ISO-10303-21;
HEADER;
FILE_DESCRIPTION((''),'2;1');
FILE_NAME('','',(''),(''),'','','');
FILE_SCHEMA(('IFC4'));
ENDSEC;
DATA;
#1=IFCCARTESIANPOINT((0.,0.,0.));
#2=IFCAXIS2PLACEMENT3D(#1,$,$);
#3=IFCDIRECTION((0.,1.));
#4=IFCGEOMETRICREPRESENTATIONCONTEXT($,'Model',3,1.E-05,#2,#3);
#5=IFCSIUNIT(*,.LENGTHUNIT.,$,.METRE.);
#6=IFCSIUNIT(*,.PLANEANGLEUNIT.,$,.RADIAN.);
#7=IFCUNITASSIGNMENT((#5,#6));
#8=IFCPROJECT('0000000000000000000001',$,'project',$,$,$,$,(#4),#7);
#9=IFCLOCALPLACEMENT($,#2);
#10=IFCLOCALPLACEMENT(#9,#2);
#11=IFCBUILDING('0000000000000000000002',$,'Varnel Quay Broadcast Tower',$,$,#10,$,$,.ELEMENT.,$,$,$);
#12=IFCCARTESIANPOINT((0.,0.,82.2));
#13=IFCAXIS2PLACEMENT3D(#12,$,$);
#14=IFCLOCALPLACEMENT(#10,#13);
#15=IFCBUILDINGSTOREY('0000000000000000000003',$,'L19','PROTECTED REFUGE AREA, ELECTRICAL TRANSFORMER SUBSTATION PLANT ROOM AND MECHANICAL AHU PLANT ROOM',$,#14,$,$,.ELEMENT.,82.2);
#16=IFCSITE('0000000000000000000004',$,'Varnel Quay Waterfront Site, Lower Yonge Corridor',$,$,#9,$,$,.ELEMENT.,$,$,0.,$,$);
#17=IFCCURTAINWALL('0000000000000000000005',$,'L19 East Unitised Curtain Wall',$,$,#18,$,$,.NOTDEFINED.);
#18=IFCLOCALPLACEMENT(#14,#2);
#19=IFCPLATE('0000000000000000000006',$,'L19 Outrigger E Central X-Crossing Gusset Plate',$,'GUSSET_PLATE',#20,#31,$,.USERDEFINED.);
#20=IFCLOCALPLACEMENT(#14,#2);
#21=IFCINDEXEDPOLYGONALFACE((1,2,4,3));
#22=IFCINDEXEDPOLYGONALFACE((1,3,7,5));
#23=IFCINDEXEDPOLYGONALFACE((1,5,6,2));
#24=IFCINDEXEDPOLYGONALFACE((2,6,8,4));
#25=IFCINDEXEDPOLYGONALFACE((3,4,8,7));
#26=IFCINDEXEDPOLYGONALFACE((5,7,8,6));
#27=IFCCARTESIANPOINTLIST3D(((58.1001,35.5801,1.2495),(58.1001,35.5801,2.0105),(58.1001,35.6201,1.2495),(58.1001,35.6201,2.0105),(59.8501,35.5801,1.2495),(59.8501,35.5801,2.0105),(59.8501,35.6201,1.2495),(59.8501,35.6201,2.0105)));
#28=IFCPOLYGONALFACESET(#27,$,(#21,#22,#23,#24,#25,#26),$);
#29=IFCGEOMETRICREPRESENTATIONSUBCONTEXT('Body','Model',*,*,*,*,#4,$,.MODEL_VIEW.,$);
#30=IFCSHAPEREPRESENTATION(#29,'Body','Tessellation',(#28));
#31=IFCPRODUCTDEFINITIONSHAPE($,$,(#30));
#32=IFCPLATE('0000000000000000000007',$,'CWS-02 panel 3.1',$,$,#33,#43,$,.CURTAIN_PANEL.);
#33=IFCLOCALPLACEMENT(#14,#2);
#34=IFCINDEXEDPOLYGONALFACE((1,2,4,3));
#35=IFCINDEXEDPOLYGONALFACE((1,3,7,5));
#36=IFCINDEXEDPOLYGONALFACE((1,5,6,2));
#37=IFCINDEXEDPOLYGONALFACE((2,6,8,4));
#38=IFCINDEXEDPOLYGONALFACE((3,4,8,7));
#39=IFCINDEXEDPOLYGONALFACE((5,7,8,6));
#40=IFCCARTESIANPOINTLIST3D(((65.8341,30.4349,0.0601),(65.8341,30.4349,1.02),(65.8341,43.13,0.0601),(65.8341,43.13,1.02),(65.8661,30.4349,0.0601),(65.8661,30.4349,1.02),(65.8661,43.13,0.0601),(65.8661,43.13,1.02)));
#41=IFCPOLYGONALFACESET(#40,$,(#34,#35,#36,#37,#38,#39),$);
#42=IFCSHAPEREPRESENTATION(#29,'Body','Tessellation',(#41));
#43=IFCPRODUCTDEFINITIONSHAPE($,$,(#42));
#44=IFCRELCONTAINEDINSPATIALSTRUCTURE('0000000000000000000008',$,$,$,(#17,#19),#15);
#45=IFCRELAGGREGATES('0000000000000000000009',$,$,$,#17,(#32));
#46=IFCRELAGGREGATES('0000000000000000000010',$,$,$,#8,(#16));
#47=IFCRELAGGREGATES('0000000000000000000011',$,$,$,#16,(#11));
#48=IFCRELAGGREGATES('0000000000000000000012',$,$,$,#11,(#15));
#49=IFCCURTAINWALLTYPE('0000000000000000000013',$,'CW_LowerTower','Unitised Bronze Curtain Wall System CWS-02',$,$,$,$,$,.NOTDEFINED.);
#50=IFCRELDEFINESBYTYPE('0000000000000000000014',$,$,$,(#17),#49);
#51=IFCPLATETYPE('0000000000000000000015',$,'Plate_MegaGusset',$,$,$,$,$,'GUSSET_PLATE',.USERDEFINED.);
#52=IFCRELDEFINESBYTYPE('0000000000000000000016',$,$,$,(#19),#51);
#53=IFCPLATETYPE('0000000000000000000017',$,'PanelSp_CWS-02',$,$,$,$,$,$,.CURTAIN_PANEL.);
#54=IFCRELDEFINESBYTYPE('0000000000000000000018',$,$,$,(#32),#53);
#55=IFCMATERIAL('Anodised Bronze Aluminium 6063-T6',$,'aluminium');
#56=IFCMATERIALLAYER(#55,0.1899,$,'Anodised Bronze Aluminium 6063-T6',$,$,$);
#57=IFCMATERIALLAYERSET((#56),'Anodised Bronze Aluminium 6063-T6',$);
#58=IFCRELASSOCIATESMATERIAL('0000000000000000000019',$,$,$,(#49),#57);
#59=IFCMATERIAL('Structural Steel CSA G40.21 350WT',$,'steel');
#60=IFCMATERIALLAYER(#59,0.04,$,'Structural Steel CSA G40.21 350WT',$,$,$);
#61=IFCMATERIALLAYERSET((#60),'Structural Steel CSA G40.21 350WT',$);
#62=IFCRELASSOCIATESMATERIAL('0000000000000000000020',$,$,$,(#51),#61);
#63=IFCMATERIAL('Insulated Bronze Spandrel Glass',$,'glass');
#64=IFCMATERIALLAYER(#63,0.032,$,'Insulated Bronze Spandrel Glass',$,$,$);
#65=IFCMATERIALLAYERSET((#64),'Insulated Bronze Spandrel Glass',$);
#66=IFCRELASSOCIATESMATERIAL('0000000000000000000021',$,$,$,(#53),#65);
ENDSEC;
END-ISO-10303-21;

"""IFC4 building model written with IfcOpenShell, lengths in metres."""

from ifc_helpers import new_model, si_unit, direction, frame, origin, origin_2d, place, context, subcontext, project, spatial, rectangle, extrude, source, transform, mapped, material, layer, layer_set, type_object, type_shapes, element, aggregate, save


model = new_model("IFC4")

# Units and contexts
model_context = context("Model", 3, precision=1e-05, world=origin(), true_north=direction((0.0, 1.0)))
body_context = subcontext(model_context, "Body", "Model", "MODEL_VIEW")
ifc_project = project(units=[si_unit("LENGTHUNIT", "METRE"), si_unit("PLANEANGLEUNIT", "RADIAN")], contexts=[model_context])

# Site, building, storey
site_placement = place(None, origin())
site = spatial("IfcSite", under=ifc_project, at=site_placement, Name="Varnel Quay Waterfront Site, Lower Yonge Corridor", CompositionType="ELEMENT", RefElevation=0.0)
building_placement = place(site_placement, origin())
building = spatial("IfcBuilding", under=site, at=building_placement, Name="Varnel Quay Broadcast Tower", CompositionType="ELEMENT")
storey_placement = place(building_placement, frame((0.0, 0.0, 82.2)))
storey = spatial("IfcBuildingStorey", under=building, at=storey_placement, Name="L19", Description="PROTECTED REFUGE AREA, ELECTRICAL TRANSFORMER SUBSTATION PLANT ROOM AND MECHANICAL AHU PLANT ROOM", CompositionType="ELEMENT", Elevation=82.2)

# Shared definitions
ifc_material_1 = material(Name="Structural Steel CSA G40.21 350WT", Category="steel")

# Curtain wall
ifc_material_2 = material(Name="Anodised Bronze Aluminium 6063-T6", Category="aluminium")
ifc_layer_1 = layer(ifc_material_2, 0.1899, Name="Anodised Bronze Aluminium 6063-T6")
ifc_layer_set_1 = layer_set([ifc_layer_1], Name="Anodised Bronze Aluminium 6063-T6")
curtain_wall_type = type_object("IfcCurtainWallType", Name="CW_LowerTower", Description="Unitised Bronze Curtain Wall System CWS-02", PredefinedType="NOTDEFINED", material=ifc_layer_set_1)
curtain_wall_placement = place(storey_placement, origin())
curtain_wall = element("IfcCurtainWall", 1, at=curtain_wall_placement, inside=storey, type_object=curtain_wall_type, Name="L19 East Unitised Curtain Wall", PredefinedType="NOTDEFINED")

# Plate
ifc_layer_2 = layer(ifc_material_1, 0.04, Name="Structural Steel CSA G40.21 350WT")
ifc_layer_set_2 = layer_set([ifc_layer_2], Name="Structural Steel CSA G40.21 350WT")
plate_type_1 = type_object("IfcPlateType", Name="Plate_MegaGusset", ElementType="GUSSET_PLATE", PredefinedType="USERDEFINED", material=ifc_layer_set_2)
shared_shape_1 = source(origin(), body_context, "Body", "SweptSolid", [
    extrude(rectangle(XDim=1.75, YDim=0.04, at=origin_2d()), origin(), (0.0, 0.0, 1.0), 0.761),
])
type_shapes(plate_type_1, [shared_shape_1])
plate_1_placement = place(storey_placement, frame((58.9751, 35.6001, 1.2495), z_axis=(0.0, 0.0, 1.0), x_axis=(1.0, 0.0, 0.0)))
element("IfcPlate", 2, at=plate_1_placement, inside=storey, type_object=plate_type_1, Name="L19 Outrigger E Central X-Crossing Gusset Plate", ObjectType="GUSSET_PLATE", PredefinedType="USERDEFINED", context=body_context, shape_type="MappedRepresentation", body=[
    mapped(shared_shape_1, transform((0.0, 0.0, 0.0), x_axis=(1.0, 0.0, 0.0), y_axis=(0.0, 1.0, 0.0), z_axis=(0.0, 0.0, 1.0), scale=1.0)),
])

# Plate
ifc_material_3 = material(Name="Insulated Bronze Spandrel Glass", Category="glass")
ifc_layer_3 = layer(ifc_material_3, 0.032, Name="Insulated Bronze Spandrel Glass")
ifc_layer_set_3 = layer_set([ifc_layer_3], Name="Insulated Bronze Spandrel Glass")
plate_type_2 = type_object("IfcPlateType", Name="PanelSp_CWS-02", PredefinedType="CURTAIN_PANEL", material=ifc_layer_set_3)
shared_shape_2 = source(origin(), body_context, "Body", "SweptSolid", [
    extrude(rectangle(XDim=12.6951, YDim=0.032, at=origin_2d()), origin(), (0.0, 0.0, 1.0), 0.96),
])
type_shapes(plate_type_2, [shared_shape_2])
plate_2_placement = place(storey_placement, frame((65.8501, 36.7825, 0.0601), z_axis=(0.0, 0.0, 1.0), x_axis=(0.0, 1.0, 0.0)))
plate_2 = element("IfcPlate", 3, at=plate_2_placement, type_object=plate_type_2, Name="CWS-02 panel 3.1", PredefinedType="CURTAIN_PANEL", context=body_context, shape_type="MappedRepresentation", body=[
    mapped(shared_shape_2, transform((0.0, 0.0, 0.0), x_axis=(1.0, 0.0, 0.0), y_axis=(0.0, 1.0, 0.0), z_axis=(0.0, 0.0, 1.0), scale=1.0)),
])
aggregate(curtain_wall, [plate_2])

save(model, "model.ifc")
